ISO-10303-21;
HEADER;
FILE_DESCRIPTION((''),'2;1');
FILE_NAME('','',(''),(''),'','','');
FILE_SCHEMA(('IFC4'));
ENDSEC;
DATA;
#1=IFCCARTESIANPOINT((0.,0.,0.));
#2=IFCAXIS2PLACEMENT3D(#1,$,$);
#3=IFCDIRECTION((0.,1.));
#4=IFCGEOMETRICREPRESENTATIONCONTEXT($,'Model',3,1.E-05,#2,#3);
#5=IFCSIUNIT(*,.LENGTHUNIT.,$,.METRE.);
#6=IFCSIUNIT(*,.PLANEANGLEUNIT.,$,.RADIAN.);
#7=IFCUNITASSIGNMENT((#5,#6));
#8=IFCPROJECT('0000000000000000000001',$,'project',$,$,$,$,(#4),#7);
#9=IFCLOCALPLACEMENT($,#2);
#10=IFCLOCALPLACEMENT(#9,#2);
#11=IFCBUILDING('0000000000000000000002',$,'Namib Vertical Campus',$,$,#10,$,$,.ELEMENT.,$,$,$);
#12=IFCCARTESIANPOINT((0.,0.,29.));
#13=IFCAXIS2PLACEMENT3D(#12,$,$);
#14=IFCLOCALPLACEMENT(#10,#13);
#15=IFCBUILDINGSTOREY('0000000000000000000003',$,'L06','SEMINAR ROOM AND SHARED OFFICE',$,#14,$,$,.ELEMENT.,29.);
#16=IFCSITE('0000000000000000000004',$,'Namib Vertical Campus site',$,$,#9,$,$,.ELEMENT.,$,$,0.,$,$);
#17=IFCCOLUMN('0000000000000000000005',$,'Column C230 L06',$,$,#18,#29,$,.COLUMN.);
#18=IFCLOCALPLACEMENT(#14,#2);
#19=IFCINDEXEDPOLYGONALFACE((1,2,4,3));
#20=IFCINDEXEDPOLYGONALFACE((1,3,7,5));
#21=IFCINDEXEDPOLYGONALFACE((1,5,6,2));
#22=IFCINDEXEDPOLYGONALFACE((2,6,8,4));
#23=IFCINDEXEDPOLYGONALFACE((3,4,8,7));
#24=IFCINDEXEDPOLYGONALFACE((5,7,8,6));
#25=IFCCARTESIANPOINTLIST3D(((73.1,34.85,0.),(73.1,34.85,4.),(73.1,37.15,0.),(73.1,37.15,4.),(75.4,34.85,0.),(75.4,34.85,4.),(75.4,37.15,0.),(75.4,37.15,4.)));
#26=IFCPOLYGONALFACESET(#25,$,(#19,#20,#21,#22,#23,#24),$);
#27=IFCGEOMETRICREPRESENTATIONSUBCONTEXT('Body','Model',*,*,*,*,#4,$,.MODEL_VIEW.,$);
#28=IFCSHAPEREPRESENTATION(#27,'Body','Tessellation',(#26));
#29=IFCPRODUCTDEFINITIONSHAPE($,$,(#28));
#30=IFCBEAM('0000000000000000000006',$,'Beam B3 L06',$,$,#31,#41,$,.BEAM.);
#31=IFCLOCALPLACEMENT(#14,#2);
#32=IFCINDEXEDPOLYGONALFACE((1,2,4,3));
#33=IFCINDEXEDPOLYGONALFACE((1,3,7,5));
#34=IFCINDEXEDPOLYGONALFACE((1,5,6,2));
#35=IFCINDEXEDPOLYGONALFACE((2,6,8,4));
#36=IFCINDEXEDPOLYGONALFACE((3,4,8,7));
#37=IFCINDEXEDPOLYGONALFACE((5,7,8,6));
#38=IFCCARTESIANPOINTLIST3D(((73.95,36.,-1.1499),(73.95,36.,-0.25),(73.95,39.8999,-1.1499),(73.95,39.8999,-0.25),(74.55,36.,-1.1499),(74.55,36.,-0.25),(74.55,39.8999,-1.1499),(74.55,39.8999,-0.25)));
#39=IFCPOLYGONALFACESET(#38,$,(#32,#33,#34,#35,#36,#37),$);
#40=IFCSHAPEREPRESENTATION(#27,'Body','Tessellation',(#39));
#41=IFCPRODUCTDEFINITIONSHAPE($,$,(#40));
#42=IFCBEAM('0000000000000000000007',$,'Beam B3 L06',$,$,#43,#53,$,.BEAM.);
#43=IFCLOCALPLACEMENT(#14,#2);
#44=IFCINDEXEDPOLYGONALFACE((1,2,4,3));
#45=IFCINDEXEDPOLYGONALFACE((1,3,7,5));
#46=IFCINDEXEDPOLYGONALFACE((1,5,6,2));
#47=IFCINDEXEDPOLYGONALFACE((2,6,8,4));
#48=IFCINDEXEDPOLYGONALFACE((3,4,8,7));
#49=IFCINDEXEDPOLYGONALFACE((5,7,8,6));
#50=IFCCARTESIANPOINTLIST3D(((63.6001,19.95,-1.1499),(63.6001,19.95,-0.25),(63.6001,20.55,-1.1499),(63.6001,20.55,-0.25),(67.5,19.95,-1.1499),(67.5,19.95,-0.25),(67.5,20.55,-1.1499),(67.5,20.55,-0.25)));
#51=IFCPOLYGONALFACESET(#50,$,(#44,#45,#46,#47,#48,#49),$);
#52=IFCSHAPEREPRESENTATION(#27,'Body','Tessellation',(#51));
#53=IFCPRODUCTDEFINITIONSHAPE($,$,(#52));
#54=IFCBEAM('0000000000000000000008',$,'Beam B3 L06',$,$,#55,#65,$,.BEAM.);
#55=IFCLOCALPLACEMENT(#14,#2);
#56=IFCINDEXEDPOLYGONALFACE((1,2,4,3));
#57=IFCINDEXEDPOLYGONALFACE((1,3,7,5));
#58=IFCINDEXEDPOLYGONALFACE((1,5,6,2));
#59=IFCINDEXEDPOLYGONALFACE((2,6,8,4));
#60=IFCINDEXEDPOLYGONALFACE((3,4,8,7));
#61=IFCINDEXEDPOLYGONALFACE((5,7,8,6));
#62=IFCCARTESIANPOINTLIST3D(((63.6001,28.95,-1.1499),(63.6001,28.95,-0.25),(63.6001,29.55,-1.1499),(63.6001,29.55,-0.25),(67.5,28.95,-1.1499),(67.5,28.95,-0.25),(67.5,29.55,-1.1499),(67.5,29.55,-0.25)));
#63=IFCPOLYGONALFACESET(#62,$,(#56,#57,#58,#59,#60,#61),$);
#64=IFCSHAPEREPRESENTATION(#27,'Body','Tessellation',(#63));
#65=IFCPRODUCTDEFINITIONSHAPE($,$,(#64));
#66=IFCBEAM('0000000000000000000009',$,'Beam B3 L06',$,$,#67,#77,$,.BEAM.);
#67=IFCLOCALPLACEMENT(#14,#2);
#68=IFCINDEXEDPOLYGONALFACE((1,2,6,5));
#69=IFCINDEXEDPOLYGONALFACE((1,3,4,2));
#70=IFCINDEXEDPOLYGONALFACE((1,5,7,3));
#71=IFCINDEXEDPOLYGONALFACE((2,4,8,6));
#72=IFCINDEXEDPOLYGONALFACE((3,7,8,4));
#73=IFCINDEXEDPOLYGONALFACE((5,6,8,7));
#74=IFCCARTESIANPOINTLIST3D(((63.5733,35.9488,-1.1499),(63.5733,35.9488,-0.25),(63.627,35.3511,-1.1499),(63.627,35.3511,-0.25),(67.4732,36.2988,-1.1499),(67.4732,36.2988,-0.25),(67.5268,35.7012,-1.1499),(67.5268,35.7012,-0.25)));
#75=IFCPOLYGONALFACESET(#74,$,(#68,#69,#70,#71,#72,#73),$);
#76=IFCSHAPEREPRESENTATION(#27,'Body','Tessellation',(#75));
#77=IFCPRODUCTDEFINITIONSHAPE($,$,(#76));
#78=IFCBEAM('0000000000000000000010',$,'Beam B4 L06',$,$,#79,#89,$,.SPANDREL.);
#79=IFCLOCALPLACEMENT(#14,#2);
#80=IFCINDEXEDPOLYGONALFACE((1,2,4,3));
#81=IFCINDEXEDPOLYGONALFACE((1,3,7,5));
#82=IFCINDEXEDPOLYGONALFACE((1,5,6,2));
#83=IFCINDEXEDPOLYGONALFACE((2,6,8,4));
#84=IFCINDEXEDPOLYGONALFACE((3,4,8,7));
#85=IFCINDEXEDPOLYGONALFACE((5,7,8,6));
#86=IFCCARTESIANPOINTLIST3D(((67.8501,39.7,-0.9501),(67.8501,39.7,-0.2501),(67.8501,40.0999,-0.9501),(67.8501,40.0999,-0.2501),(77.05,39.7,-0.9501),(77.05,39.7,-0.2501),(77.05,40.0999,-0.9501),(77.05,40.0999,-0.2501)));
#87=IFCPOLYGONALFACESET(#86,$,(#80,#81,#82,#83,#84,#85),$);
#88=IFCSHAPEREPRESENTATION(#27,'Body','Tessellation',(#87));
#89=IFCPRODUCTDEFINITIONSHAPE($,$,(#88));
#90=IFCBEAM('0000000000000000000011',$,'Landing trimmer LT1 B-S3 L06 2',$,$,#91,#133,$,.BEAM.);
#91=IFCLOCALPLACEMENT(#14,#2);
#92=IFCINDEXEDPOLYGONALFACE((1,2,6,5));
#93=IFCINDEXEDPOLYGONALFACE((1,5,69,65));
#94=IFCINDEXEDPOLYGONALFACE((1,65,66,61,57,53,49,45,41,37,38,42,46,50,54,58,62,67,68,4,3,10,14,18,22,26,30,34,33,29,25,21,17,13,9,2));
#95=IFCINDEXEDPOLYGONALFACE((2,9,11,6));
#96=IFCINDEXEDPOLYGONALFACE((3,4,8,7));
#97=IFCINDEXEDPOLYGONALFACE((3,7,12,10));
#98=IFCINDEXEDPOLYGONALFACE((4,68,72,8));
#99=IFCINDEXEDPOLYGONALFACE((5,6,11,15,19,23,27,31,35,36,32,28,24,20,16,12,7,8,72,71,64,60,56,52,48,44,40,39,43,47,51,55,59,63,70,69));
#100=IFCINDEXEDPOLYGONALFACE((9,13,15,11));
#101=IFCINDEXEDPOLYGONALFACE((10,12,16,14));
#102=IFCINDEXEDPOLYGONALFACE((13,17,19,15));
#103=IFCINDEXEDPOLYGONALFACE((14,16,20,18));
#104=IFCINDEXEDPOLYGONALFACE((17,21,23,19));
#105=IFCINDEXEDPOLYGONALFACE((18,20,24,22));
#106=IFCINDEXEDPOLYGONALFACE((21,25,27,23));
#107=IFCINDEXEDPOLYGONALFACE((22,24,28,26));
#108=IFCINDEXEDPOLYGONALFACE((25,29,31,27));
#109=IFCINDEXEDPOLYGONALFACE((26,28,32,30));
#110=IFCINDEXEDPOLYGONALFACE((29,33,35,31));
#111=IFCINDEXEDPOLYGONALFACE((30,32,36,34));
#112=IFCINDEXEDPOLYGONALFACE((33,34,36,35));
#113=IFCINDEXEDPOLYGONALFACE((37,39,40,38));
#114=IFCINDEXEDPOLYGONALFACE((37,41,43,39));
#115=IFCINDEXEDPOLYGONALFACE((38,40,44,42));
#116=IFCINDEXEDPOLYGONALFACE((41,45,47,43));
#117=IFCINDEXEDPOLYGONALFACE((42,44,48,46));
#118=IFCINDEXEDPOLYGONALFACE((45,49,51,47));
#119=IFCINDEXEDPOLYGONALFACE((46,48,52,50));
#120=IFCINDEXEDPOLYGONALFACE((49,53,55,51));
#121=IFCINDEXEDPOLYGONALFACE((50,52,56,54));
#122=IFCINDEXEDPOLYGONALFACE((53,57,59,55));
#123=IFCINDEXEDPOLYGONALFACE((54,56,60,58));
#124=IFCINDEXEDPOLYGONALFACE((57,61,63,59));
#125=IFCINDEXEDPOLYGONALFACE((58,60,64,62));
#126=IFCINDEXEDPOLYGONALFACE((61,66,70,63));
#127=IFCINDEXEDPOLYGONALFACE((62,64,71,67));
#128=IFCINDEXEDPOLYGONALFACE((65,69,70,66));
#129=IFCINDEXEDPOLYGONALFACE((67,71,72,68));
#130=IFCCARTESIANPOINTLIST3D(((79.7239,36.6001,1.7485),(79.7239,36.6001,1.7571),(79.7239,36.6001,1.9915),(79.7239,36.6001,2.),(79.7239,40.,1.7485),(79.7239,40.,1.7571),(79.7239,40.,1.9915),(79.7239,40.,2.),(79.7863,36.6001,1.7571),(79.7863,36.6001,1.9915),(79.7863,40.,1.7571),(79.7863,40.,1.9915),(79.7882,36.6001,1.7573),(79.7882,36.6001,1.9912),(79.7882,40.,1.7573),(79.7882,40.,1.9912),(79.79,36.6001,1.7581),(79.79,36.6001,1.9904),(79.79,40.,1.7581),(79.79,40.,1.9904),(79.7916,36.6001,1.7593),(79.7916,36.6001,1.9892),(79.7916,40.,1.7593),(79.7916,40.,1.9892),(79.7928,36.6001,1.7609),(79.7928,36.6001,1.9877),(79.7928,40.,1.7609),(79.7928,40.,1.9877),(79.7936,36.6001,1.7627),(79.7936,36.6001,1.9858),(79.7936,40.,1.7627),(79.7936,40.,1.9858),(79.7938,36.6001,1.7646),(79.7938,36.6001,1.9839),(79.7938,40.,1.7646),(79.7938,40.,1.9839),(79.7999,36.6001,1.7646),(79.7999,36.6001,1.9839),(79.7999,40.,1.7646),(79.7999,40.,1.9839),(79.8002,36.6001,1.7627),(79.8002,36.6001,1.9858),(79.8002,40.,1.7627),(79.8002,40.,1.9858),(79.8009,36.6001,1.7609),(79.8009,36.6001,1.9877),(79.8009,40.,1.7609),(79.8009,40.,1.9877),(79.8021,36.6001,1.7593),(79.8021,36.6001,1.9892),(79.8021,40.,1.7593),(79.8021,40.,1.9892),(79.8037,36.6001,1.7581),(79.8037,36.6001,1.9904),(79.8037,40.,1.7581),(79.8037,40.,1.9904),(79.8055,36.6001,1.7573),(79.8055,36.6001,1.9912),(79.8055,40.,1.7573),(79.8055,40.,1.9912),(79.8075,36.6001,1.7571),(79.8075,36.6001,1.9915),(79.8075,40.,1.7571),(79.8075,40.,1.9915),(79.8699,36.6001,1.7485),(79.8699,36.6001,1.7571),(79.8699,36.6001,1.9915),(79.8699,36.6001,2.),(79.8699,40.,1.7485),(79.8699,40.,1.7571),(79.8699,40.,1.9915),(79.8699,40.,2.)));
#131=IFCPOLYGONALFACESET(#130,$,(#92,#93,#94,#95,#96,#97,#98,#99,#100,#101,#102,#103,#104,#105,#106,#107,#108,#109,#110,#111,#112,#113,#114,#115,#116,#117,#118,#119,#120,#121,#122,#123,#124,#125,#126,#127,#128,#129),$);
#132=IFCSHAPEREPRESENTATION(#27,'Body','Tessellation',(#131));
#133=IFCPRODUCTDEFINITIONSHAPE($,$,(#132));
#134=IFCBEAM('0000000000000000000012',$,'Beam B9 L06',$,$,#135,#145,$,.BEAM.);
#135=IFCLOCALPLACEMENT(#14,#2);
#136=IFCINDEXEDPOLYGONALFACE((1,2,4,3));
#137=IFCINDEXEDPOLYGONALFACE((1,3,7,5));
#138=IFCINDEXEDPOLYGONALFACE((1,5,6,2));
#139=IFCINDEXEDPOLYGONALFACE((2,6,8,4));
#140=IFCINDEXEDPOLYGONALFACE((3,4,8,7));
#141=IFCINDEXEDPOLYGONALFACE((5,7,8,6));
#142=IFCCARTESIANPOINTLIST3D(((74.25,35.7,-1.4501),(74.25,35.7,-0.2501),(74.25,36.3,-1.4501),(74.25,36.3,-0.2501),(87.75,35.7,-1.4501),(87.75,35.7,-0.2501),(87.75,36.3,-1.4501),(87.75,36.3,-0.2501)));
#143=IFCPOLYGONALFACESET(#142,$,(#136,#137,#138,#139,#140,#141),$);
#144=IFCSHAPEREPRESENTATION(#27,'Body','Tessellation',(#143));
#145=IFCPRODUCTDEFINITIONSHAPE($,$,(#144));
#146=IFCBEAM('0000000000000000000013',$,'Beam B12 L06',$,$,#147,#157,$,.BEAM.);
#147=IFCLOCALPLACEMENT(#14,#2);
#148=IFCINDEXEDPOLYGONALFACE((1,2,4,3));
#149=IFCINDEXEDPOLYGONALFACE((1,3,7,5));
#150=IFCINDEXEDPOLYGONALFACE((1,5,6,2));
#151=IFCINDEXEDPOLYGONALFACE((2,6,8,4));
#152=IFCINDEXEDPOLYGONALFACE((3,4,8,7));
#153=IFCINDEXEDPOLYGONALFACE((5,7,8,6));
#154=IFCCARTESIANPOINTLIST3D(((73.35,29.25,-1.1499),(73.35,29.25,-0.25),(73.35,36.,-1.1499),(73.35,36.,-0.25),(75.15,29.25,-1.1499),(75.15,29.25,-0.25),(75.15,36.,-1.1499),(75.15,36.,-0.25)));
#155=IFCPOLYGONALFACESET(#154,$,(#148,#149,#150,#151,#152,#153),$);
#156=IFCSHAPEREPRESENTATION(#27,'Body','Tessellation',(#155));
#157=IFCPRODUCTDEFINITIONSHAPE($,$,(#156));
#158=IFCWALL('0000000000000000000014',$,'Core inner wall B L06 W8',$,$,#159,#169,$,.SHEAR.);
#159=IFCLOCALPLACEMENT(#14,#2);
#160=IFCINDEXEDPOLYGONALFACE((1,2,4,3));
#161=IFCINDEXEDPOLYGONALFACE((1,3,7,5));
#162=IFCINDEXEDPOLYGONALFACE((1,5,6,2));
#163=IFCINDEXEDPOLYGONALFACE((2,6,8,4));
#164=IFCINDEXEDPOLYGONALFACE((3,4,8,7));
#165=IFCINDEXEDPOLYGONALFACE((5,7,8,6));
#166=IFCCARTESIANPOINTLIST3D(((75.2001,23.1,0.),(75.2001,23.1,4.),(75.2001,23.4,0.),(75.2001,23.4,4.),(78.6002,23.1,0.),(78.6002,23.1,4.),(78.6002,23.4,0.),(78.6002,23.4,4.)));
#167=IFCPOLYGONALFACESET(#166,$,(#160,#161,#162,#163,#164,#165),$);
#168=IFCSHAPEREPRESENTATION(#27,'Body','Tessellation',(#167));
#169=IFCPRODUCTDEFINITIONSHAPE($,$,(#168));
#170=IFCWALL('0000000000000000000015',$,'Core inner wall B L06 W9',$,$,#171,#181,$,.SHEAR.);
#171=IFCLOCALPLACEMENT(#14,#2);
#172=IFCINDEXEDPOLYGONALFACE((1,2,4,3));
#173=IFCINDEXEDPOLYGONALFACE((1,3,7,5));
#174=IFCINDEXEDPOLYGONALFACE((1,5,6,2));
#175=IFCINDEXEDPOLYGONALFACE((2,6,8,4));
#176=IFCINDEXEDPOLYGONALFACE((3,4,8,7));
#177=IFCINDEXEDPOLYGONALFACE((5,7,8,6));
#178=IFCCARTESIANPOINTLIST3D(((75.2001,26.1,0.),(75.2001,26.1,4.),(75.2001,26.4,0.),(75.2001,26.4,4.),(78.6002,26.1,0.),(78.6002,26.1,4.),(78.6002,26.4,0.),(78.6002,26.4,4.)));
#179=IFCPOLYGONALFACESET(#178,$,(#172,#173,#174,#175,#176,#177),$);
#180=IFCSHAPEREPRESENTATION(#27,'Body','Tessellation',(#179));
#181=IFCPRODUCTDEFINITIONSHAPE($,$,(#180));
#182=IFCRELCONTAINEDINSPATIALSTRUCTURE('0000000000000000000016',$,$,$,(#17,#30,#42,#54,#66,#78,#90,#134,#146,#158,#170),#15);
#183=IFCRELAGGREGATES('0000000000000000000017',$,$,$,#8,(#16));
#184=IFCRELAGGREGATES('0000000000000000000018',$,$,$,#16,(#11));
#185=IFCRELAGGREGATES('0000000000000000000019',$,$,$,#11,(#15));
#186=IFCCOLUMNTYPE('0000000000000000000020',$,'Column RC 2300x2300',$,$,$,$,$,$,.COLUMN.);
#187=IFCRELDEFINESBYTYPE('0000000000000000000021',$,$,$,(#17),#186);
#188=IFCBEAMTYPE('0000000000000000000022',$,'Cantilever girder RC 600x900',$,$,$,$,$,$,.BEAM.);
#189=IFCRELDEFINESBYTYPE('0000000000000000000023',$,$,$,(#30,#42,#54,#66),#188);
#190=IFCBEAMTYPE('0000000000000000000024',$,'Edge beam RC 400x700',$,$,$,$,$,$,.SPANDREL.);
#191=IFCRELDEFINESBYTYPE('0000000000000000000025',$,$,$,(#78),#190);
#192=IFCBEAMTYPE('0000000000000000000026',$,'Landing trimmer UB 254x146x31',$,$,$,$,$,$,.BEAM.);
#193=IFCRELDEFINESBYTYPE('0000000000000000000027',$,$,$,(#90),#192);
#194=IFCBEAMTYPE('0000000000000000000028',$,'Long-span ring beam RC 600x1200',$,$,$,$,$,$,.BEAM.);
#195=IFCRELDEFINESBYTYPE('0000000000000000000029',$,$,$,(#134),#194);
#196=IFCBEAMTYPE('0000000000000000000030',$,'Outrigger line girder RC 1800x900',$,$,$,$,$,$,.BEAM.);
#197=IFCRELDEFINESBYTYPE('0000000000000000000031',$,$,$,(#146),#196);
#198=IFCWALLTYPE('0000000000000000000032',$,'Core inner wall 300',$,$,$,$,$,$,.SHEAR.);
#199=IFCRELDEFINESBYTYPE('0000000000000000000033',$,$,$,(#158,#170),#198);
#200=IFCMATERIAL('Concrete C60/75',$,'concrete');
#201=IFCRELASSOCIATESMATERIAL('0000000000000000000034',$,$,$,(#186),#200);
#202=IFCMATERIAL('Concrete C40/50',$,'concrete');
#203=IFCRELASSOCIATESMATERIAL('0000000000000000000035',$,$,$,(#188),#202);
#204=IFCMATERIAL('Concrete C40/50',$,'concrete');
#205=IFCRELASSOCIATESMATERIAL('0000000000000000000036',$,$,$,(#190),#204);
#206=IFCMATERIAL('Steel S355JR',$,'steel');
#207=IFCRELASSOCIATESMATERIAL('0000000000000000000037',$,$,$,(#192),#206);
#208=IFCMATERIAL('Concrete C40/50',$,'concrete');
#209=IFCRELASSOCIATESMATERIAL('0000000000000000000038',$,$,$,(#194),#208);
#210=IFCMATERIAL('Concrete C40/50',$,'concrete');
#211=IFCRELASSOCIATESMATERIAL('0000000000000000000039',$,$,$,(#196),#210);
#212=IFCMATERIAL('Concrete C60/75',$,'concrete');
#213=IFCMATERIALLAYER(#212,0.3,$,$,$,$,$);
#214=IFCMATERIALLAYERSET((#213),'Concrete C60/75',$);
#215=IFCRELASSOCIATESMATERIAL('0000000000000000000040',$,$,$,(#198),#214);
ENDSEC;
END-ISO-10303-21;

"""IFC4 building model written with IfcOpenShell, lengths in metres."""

from ifc_helpers import new_model, si_unit, direction, frame, frame_2d, origin, origin_2d, place, context, subcontext, project, spatial, rectangle, i_section, extrude, material, layer, layer_set, material_profile, profile_set, type_object, element, save


model = new_model("IFC4")

# Units and contexts
model_context = context("Model", 3, precision=1e-05, world=origin(), true_north=direction((0.0, 1.0)))
body_context = subcontext(model_context, "Body", "Model", "MODEL_VIEW")
ifc_project = project(units=[si_unit("LENGTHUNIT", "METRE"), si_unit("PLANEANGLEUNIT", "RADIAN")], contexts=[model_context])

# Site, building, storey
site_placement = place(None, origin())
site = spatial("IfcSite", under=ifc_project, at=site_placement, Name="Namib Vertical Campus site", CompositionType="ELEMENT", RefElevation=0.0)
building_placement = place(site_placement, origin())
building = spatial("IfcBuilding", under=site, at=building_placement, Name="Namib Vertical Campus", CompositionType="ELEMENT")
storey_placement = place(building_placement, frame((0.0, 0.0, 29.0)))
storey = spatial("IfcBuildingStorey", under=building, at=storey_placement, Name="L06", Description="SEMINAR ROOM AND SHARED OFFICE", CompositionType="ELEMENT", Elevation=29.0)

# Column
ifc_material_1 = material(Name="Concrete C60/75", Category="concrete")
ifc_material_profile_1 = material_profile(ifc_material_1, rectangle(XDim=2.3, YDim=2.3, at=origin_2d()))
ifc_profile_set_1 = profile_set([ifc_material_profile_1], Name="Concrete C60/75")
column_type = type_object("IfcColumnType", Name="Column RC 2300x2300", PredefinedType="COLUMN", material=ifc_profile_set_1)
column_placement = place(storey_placement, frame((74.25, 36.0, 0.0), z_axis=(0.0, 0.0, 1.0), x_axis=(1.0, 0.0, 0.0)))
element("IfcColumn", 1, at=column_placement, inside=storey, type_object=column_type, Name="Column C230 L06", PredefinedType="COLUMN", context=body_context, shape_type="SweptSolid", body=[
    extrude(rectangle(XDim=2.3, YDim=2.3, at=origin_2d()), origin(), (0.0, 0.0, 1.0), 4.0),
])

# Beams
ifc_material_2 = material(Name="Concrete C40/50", Category="concrete")
ifc_material_profile_2 = material_profile(ifc_material_2, rectangle(XDim=0.6001, YDim=0.8999, at=origin_2d()))
ifc_profile_set_2 = profile_set([ifc_material_profile_2], Name="Concrete C40/50")
beam_type_1 = type_object("IfcBeamType", Name="Cantilever girder RC 600x900", PredefinedType="BEAM", material=ifc_profile_set_2)
for number, where, z_axis, x_axis, name in (
    (2, (74.25, 36.0, -0.7), (0.0, 1.0, 0.0), (-1.0, 0.0, 0.0), "Beam B3 L06"),
    (3, (67.5, 20.25, -0.7), (-1.0, 0.0, 0.0), (0.0, -1.0, 0.0), "Beam B3 L06"),
    (4, (67.5, 29.25, -0.7), (-1.0, 0.0, 0.0), (0.0, -1.0, 0.0), "Beam B3 L06"),
):
    element("IfcBeam", number, at=place(storey_placement, frame(where, z_axis=z_axis, x_axis=x_axis)), inside=storey, type_object=beam_type_1, Name=name, PredefinedType="BEAM", context=body_context, shape_type="SweptSolid", body=[
        extrude(rectangle(XDim=0.6001, YDim=0.8999, at=origin_2d()), origin(), (0.0, 0.0, 1.0), 3.8999),
    ])
beam_1_placement = place(storey_placement, frame((67.5, 36.0, -0.7), z_axis=(-0.995995, -0.089411, 0.0), x_axis=(0.089411, -0.995995, 0.0)))
element("IfcBeam", 5, at=beam_1_placement, inside=storey, type_object=beam_type_1, Name="Beam B3 L06", PredefinedType="BEAM", context=body_context, shape_type="SweptSolid", body=[
    extrude(rectangle(XDim=0.6001, YDim=0.8999, at=origin_2d()), origin(), (0.0, 0.0, 1.0), 3.9155),
])
ifc_material_3 = material(Name="Concrete C40/50", Category="concrete")
ifc_material_profile_3 = material_profile(ifc_material_3, rectangle(XDim=0.3999, YDim=0.7, at=origin_2d()))
ifc_profile_set_3 = profile_set([ifc_material_profile_3], Name="Concrete C40/50")
beam_type_2 = type_object("IfcBeamType", Name="Edge beam RC 400x700", PredefinedType="SPANDREL", material=ifc_profile_set_3)
beam_2_placement = place(storey_placement, frame((67.8501, 39.8999, -0.6001), z_axis=(1.0, 0.0, 0.0), x_axis=(0.0, 1.0, 0.0)))
element("IfcBeam", 6, at=beam_2_placement, inside=storey, type_object=beam_type_2, Name="Beam B4 L06", PredefinedType="SPANDREL", context=body_context, shape_type="SweptSolid", body=[
    extrude(rectangle(XDim=0.3999, YDim=0.7, at=origin_2d()), origin(), (0.0, 0.0, 1.0), 9.2),
])
ifc_material_4 = material(Name="Steel S355JR", Category="steel")
ifc_material_profile_4 = material_profile(ifc_material_4, i_section(OverallWidth=0.146, OverallDepth=0.2515, WebThickness=0.0061, FlangeThickness=0.0085, FilletRadius=0.0076, at=origin_2d()))
ifc_profile_set_4 = profile_set([ifc_material_profile_4], Name="Steel S355JR")
beam_type_3 = type_object("IfcBeamType", Name="Landing trimmer UB 254x146x31", PredefinedType="BEAM", material=ifc_profile_set_4)
beam_3_placement = place(storey_placement, frame((79.7969, 36.6001, 1.8743), z_axis=(0.0, 1.0, 0.0), x_axis=(-1.0, 0.0, 0.0)))
element("IfcBeam", 7, at=beam_3_placement, inside=storey, type_object=beam_type_3, Name="Landing trimmer LT1 B-S3 L06 2", PredefinedType="BEAM", context=body_context, shape_type="SweptSolid", body=[
    extrude(i_section(OverallWidth=0.146, OverallDepth=0.2515, WebThickness=0.0061, FlangeThickness=0.0085, FilletRadius=0.0076, at=origin_2d()), origin(), (0.0, 0.0, 1.0), 3.3999),
])
ifc_material_5 = material(Name="Concrete C40/50", Category="concrete")
ifc_material_profile_5 = material_profile(ifc_material_5, rectangle(XDim=0.6001, YDim=1.2, at=origin_2d()))
ifc_profile_set_5 = profile_set([ifc_material_profile_5], Name="Concrete C40/50")
beam_type_4 = type_object("IfcBeamType", Name="Long-span ring beam RC 600x1200", PredefinedType="BEAM", material=ifc_profile_set_5)
beam_4_placement = place(storey_placement, frame((74.25, 36.0, -0.8501), z_axis=(1.0, 0.0, 0.0), x_axis=(0.0, 1.0, 0.0)))
element("IfcBeam", 8, at=beam_4_placement, inside=storey, type_object=beam_type_4, Name="Beam B9 L06", PredefinedType="BEAM", context=body_context, shape_type="SweptSolid", body=[
    extrude(rectangle(XDim=0.6001, YDim=1.2, at=origin_2d()), origin(), (0.0, 0.0, 1.0), 13.5),
])
ifc_material_6 = material(Name="Concrete C40/50", Category="concrete")
ifc_material_profile_6 = material_profile(ifc_material_6, rectangle(XDim=1.8, YDim=0.8999, at=origin_2d()))
ifc_profile_set_6 = profile_set([ifc_material_profile_6], Name="Concrete C40/50")
beam_type_5 = type_object("IfcBeamType", Name="Outrigger line girder RC 1800x900", PredefinedType="BEAM", material=ifc_profile_set_6)
beam_5_placement = place(storey_placement, frame((74.25, 36.0, -0.7), z_axis=(0.0, -1.0, 0.0), x_axis=(1.0, 0.0, 0.0)))
element("IfcBeam", 9, at=beam_5_placement, inside=storey, type_object=beam_type_5, Name="Beam B12 L06", PredefinedType="BEAM", context=body_context, shape_type="SweptSolid", body=[
    extrude(rectangle(XDim=1.8, YDim=0.8999, at=origin_2d()), origin(), (0.0, 0.0, 1.0), 6.75),
])

# Walls
ifc_material_7 = material(Name="Concrete C60/75", Category="concrete")
ifc_layer_1 = layer(ifc_material_7, 0.3)
ifc_layer_set_1 = layer_set([ifc_layer_1], Name="Concrete C60/75")
wall_type_1 = type_object("IfcWallType", Name="Core inner wall 300", PredefinedType="SHEAR", material=ifc_layer_set_1)
for number, where, z_axis, x_axis, name in (
    (10, (75.2, 23.25, 0.0), (0.0, 0.0, 1.0), (1.0, 0.0, 0.0), "Core inner wall B L06 W8"),
    (11, (75.2, 26.25, 0.0), (0.0, 0.0, 1.0), (1.0, 0.0, 0.0), "Core inner wall B L06 W9"),
):
    element("IfcWall", number, at=place(storey_placement, frame(where, z_axis=z_axis, x_axis=x_axis)), inside=storey, type_object=wall_type_1, Name=name, PredefinedType="SHEAR", context=body_context, shape_type="SweptSolid", body=[
        extrude(rectangle(XDim=3.4001, YDim=0.3, at=frame_2d((1.7002, 0.0))), origin(), (0.0, 0.0, 1.0), 4.0),
    ])

save(model, "model.ifc")
